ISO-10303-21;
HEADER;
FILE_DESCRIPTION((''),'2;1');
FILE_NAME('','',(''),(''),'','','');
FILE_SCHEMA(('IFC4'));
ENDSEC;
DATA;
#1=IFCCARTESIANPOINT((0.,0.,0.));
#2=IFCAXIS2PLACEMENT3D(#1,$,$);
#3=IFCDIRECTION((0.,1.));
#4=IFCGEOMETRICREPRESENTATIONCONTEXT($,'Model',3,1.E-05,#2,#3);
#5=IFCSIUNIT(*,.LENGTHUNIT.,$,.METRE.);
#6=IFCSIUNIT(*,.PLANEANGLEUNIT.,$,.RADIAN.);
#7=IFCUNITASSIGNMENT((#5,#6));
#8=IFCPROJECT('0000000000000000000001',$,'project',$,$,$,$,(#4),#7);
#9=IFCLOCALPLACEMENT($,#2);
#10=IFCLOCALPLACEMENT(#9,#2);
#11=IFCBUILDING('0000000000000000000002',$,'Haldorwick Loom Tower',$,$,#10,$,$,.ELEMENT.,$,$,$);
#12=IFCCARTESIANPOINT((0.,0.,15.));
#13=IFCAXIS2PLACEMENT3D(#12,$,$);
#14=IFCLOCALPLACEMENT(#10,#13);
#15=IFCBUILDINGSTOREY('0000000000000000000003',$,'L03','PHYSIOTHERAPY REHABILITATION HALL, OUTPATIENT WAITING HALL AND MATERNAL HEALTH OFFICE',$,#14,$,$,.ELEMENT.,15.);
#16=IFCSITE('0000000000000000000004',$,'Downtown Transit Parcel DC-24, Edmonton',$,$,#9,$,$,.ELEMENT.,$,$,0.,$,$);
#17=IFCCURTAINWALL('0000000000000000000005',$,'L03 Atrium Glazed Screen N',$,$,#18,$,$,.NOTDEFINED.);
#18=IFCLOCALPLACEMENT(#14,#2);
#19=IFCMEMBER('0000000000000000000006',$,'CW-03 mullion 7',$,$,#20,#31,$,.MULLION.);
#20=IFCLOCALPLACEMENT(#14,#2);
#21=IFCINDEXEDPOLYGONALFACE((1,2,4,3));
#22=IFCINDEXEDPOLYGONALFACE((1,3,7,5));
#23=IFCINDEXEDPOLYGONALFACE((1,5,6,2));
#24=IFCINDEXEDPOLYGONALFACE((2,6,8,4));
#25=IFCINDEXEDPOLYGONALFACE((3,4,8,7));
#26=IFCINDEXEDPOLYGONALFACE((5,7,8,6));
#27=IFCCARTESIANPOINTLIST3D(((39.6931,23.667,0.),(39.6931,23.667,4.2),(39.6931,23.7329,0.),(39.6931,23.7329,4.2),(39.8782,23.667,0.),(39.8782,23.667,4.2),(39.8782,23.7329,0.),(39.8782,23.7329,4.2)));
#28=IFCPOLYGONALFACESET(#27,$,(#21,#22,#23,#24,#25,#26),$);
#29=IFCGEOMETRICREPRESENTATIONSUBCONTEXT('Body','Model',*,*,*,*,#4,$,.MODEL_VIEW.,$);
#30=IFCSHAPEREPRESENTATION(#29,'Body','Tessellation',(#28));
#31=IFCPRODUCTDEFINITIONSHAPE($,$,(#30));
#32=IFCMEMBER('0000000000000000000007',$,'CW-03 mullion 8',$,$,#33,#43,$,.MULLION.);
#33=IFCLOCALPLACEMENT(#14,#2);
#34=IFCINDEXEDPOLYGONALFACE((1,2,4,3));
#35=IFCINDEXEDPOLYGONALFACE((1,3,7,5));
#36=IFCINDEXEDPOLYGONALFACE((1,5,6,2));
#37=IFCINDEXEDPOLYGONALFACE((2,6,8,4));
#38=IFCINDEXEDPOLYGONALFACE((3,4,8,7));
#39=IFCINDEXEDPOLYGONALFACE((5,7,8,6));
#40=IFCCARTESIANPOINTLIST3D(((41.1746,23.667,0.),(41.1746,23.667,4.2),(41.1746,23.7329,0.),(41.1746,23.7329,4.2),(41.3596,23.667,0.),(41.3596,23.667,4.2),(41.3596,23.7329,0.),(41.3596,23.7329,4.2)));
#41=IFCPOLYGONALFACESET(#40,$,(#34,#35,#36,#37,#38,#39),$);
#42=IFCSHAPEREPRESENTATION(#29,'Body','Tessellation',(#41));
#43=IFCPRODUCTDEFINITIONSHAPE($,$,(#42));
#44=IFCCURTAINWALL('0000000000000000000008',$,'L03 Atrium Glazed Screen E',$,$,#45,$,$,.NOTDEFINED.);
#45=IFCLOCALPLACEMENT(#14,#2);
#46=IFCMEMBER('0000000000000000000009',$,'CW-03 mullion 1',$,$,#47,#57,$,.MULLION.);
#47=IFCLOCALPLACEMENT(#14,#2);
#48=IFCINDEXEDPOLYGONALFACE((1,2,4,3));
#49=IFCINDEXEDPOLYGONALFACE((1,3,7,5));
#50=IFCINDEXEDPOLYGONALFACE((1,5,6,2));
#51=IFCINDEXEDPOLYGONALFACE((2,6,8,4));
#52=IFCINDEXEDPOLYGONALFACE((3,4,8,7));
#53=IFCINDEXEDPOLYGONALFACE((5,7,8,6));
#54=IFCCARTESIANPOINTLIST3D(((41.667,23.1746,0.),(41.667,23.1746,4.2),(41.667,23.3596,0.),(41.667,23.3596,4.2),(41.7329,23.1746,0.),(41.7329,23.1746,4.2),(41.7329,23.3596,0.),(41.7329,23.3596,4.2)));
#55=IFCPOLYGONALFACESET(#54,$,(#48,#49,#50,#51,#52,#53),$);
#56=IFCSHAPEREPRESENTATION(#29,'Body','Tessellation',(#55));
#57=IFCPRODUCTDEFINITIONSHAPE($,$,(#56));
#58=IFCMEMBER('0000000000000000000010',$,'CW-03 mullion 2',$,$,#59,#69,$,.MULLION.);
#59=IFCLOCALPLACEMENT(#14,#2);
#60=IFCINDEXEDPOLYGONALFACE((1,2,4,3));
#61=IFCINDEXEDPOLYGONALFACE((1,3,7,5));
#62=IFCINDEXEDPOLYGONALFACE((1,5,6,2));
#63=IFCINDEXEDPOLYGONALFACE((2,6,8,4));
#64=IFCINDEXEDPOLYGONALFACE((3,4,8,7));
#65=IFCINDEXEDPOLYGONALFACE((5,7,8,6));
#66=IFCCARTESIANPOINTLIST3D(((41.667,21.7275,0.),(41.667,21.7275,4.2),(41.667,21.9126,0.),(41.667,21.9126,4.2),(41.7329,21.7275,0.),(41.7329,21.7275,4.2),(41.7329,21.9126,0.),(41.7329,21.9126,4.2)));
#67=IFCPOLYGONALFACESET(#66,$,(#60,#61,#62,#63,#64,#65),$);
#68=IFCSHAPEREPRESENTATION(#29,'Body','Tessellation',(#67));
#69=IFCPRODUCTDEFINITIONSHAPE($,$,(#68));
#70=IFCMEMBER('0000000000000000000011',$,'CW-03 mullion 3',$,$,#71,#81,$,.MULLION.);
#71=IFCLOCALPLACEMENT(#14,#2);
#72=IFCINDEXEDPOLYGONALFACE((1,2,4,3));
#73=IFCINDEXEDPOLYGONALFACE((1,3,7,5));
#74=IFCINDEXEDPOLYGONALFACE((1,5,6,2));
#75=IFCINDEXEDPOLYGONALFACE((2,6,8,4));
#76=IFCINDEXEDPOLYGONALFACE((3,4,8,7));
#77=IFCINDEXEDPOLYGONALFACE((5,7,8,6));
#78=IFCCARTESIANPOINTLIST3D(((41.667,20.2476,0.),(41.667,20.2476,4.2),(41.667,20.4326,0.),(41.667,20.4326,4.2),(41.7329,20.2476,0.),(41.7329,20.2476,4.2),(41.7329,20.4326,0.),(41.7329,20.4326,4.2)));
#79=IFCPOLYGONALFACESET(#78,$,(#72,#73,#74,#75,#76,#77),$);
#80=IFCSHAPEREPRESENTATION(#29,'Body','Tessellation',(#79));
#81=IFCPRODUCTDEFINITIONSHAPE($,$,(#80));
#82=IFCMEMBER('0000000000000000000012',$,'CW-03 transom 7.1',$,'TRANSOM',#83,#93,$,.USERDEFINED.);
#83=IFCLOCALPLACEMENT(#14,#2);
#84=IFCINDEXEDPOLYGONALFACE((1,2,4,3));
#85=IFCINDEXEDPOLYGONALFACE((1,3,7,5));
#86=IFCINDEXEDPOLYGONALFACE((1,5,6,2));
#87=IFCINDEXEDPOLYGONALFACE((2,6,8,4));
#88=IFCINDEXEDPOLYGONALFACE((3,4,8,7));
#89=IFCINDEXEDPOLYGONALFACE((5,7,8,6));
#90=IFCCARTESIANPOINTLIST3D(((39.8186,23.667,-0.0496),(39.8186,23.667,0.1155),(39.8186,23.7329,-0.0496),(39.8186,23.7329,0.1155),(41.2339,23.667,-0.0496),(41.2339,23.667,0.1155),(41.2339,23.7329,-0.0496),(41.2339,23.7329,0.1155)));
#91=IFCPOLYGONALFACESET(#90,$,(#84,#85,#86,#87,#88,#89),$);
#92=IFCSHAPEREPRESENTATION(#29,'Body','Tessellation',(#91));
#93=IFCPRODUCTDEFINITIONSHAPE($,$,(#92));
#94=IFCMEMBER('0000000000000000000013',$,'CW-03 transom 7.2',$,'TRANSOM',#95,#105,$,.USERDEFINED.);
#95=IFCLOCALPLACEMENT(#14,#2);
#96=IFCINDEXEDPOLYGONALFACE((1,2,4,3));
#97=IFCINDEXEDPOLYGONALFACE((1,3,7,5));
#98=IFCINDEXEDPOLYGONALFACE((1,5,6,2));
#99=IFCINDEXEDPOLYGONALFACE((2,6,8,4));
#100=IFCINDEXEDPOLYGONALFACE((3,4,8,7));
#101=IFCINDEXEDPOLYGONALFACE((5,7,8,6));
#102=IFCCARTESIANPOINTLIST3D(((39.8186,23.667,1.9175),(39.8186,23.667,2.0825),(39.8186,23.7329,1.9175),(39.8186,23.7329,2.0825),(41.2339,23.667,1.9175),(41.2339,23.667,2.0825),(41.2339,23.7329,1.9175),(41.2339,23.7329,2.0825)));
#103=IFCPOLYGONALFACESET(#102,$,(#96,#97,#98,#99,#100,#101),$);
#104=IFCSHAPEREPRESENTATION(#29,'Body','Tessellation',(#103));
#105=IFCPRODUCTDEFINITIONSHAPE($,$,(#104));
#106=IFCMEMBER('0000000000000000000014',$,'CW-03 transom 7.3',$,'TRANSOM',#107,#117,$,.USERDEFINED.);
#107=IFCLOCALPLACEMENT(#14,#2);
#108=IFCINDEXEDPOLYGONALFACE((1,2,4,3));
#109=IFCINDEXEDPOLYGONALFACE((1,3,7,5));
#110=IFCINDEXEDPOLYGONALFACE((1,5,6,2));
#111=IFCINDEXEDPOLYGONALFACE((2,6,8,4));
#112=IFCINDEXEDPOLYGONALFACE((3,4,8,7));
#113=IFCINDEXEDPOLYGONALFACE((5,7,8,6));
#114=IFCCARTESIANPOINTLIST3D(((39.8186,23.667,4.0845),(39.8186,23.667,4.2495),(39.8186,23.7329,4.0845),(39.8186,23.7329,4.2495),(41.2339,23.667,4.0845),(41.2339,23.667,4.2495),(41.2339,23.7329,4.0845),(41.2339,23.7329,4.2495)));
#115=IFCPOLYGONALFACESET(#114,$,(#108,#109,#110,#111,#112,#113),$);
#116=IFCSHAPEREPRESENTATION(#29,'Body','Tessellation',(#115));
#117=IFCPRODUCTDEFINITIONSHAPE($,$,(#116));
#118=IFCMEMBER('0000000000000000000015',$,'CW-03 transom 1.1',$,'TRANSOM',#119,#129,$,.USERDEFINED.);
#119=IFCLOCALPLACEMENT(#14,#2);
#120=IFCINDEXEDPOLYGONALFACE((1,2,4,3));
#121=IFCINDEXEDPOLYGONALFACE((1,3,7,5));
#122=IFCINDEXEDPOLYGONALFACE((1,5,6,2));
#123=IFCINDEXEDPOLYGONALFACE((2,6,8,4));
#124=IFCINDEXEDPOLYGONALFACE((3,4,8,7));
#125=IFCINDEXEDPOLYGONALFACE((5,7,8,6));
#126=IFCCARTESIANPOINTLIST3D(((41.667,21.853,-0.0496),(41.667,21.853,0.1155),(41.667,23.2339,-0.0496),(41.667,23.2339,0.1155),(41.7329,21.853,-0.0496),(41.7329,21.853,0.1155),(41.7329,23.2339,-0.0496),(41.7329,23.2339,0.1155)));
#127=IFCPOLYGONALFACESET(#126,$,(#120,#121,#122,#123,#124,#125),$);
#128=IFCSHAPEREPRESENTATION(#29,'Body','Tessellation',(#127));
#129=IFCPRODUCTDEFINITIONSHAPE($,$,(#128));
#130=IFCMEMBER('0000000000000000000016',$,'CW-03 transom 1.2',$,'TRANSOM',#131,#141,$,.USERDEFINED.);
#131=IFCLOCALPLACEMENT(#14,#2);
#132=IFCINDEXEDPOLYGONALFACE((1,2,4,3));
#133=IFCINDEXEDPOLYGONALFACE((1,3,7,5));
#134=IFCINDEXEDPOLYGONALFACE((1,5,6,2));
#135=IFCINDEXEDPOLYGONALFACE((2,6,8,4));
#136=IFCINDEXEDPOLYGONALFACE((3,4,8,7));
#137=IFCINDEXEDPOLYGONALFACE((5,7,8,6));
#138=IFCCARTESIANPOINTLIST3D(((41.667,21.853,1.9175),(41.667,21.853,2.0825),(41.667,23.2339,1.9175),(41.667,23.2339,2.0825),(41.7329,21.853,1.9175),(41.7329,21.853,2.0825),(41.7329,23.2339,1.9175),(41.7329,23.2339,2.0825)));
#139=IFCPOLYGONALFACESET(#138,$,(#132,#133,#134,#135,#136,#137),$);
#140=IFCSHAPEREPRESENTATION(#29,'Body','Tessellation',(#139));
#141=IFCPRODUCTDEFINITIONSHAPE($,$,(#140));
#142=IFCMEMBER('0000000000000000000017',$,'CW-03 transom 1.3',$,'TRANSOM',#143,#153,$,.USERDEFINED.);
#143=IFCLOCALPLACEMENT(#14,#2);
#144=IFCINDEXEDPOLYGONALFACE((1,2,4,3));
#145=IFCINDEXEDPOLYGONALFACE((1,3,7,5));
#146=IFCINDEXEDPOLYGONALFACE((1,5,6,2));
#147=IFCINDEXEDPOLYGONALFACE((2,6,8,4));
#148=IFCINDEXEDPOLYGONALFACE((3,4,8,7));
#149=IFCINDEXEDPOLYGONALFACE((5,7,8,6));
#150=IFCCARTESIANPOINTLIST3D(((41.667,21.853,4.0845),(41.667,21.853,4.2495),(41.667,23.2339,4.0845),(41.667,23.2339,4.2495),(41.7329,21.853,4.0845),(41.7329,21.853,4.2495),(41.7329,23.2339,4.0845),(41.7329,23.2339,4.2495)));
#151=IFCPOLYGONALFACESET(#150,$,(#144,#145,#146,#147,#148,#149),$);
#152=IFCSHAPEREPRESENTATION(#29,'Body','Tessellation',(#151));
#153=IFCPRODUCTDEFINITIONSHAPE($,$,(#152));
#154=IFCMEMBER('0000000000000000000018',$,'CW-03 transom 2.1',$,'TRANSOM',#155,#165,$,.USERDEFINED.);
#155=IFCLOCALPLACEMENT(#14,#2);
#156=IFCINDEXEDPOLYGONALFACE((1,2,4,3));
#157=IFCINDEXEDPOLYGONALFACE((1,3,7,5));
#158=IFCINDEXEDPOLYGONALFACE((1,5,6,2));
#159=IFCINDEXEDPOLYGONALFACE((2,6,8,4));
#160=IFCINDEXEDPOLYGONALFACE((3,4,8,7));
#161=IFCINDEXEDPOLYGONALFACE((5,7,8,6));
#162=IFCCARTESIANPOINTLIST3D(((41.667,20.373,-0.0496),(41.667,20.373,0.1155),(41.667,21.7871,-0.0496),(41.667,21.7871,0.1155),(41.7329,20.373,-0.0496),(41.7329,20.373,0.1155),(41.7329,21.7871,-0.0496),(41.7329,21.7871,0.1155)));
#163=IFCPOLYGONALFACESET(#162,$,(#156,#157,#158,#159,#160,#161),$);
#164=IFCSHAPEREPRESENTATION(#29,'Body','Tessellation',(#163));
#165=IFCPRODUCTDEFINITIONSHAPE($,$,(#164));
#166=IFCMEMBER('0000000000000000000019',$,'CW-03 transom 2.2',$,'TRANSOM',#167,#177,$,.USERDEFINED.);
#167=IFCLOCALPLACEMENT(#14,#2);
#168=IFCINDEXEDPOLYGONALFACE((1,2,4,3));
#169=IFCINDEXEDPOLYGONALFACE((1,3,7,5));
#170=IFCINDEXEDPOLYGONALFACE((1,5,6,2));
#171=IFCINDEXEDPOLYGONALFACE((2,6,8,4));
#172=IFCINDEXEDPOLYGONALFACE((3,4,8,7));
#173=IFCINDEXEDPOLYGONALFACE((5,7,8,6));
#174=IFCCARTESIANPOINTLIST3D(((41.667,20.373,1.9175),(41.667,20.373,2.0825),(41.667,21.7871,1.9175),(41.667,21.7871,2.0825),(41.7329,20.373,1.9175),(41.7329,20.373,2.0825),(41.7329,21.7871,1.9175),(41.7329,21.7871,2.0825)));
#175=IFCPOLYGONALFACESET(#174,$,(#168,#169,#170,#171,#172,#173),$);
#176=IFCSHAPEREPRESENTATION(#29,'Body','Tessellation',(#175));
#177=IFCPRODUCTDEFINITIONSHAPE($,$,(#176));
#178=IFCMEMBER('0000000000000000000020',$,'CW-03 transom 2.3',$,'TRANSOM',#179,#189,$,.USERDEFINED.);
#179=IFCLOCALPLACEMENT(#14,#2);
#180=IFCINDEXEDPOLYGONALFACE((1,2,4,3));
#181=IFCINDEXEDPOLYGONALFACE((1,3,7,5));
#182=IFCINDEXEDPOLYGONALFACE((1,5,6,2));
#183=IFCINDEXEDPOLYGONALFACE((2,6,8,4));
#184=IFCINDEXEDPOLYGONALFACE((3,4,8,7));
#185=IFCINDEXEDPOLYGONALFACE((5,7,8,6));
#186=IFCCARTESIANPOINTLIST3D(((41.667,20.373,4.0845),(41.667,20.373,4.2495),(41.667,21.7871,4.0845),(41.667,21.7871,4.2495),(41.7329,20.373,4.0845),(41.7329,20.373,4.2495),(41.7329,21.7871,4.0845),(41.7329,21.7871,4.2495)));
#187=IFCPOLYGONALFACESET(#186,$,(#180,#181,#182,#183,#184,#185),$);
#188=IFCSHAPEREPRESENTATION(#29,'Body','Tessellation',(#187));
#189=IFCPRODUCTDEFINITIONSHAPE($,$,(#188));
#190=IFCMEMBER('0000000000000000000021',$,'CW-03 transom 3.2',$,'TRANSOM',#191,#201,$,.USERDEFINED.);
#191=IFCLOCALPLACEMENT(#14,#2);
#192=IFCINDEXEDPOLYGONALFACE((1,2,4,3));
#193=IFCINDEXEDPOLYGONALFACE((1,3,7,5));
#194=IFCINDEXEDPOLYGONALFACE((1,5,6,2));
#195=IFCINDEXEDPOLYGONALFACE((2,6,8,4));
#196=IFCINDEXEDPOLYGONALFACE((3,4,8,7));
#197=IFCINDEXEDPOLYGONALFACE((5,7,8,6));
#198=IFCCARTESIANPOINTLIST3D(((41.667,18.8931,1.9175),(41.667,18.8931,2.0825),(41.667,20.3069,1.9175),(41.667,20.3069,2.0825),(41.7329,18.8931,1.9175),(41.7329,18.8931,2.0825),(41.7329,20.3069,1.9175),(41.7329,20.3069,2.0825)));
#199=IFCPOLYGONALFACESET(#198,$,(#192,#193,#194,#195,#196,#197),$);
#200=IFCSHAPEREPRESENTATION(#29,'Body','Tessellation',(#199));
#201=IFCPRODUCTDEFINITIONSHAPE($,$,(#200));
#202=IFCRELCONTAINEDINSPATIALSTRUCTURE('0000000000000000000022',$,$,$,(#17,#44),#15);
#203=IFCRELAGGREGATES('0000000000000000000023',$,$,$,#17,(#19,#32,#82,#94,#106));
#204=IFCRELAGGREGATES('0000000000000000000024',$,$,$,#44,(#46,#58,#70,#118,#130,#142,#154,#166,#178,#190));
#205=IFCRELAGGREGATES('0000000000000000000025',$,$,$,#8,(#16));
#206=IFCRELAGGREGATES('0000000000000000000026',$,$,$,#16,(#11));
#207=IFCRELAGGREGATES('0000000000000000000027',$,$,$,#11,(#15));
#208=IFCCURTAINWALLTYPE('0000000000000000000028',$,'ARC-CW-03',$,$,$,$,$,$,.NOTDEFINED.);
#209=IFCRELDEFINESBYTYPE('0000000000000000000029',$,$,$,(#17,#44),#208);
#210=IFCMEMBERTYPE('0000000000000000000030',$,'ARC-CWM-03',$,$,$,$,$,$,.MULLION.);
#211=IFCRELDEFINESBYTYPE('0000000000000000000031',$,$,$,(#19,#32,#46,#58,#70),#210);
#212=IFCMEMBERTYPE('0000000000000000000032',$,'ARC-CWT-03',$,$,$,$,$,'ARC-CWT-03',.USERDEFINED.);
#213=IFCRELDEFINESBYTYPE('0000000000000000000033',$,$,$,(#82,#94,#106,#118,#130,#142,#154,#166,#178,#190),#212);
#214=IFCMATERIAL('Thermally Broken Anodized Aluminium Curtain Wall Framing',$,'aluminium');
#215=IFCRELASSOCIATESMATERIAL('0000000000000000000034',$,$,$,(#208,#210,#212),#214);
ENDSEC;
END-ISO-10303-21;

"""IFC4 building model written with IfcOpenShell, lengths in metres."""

from ifc_helpers import new_model, si_unit, direction, frame, origin, origin_2d, place, context, subcontext, project, spatial, rectangle, extrude, material, material_profile, profile_set, type_object, element, aggregate, save


model = new_model("IFC4")

# Units and contexts
model_context = context("Model", 3, precision=1e-05, world=origin(), true_north=direction((0.0, 1.0)))
body_context = subcontext(model_context, "Body", "Model", "MODEL_VIEW")
ifc_project = project(units=[si_unit("LENGTHUNIT", "METRE"), si_unit("PLANEANGLEUNIT", "RADIAN")], contexts=[model_context])

# Site, building, storey
site_placement = place(None, origin())
site = spatial("IfcSite", under=ifc_project, at=site_placement, Name="Downtown Transit Parcel DC-24, Edmonton", CompositionType="ELEMENT", RefElevation=0.0)
building_placement = place(site_placement, origin())
building = spatial("IfcBuilding", under=site, at=building_placement, Name="Haldorwick Loom Tower", CompositionType="ELEMENT")
storey_placement = place(building_placement, frame((0.0, 0.0, 15.0)))
storey = spatial("IfcBuildingStorey", under=building, at=storey_placement, Name="L03", Description="PHYSIOTHERAPY REHABILITATION HALL, OUTPATIENT WAITING HALL AND MATERNAL HEALTH OFFICE", CompositionType="ELEMENT", Elevation=15.0)

# Curtain walls, members
ifc_material_1 = material(Name="Thermally Broken Anodized Aluminium Curtain Wall Framing", Category="aluminium")
curtain_wall_type = type_object("IfcCurtainWallType", Name="ARC-CW-03", PredefinedType="NOTDEFINED", material=ifc_material_1)
curtain_wall_1_placement = place(storey_placement, origin())
curtain_wall_1 = element("IfcCurtainWall", 1, at=curtain_wall_1_placement, inside=storey, type_object=curtain_wall_type, Name="L03 Atrium Glazed Screen N", PredefinedType="NOTDEFINED")
ifc_material_profile_1 = material_profile(ifc_material_1, rectangle(XDim=0.0659, YDim=0.1851, at=origin_2d()), Name="ALU_MUL_66X185", Category="aluminium")
ifc_profile_set_1 = profile_set([ifc_material_profile_1], Name="Thermally Broken Anodized Aluminium Curtain Wall Framing")
member_type_1 = type_object("IfcMemberType", Name="ARC-CWM-03", PredefinedType="MULLION", material=ifc_profile_set_1)
member_1_placement = place(storey_placement, frame((39.7856, 23.7, 0.0), z_axis=(0.0, 0.0, 1.0), x_axis=(0.0, 1.0, 0.0)))
member_1 = element("IfcMember", 2, at=member_1_placement, type_object=member_type_1, Name="CW-03 mullion 7", PredefinedType="MULLION", context=body_context, shape_type="SweptSolid", body=[
    extrude(rectangle(XDim=0.0659, YDim=0.1851, at=origin_2d()), origin(), (0.0, 0.0, 1.0), 4.2),
])
member_2_placement = place(storey_placement, frame((41.2671, 23.7, 0.0), z_axis=(0.0, 0.0, 1.0), x_axis=(0.0, 1.0, 0.0)))
member_2 = element("IfcMember", 3, at=member_2_placement, type_object=member_type_1, Name="CW-03 mullion 8", PredefinedType="MULLION", context=body_context, shape_type="SweptSolid", body=[
    extrude(rectangle(XDim=0.0659, YDim=0.1851, at=origin_2d()), origin(), (0.0, 0.0, 1.0), 4.2),
])
curtain_wall_2_placement = place(storey_placement, origin())
curtain_wall_2 = element("IfcCurtainWall", 4, at=curtain_wall_2_placement, inside=storey, type_object=curtain_wall_type, Name="L03 Atrium Glazed Screen E", PredefinedType="NOTDEFINED")
member_3_placement = place(storey_placement, frame((41.7, 23.2671, 0.0), z_axis=(0.0, 0.0, 1.0), x_axis=(1.0, 0.0, 0.0)))
member_3 = element("IfcMember", 5, at=member_3_placement, type_object=member_type_1, Name="CW-03 mullion 1", PredefinedType="MULLION", context=body_context, shape_type="SweptSolid", body=[
    extrude(rectangle(XDim=0.0659, YDim=0.1851, at=origin_2d()), origin(), (0.0, 0.0, 1.0), 4.2),
])
member_4_placement = place(storey_placement, frame((41.7, 21.8201, 0.0), z_axis=(0.0, 0.0, 1.0), x_axis=(1.0, 0.0, 0.0)))
member_4 = element("IfcMember", 6, at=member_4_placement, type_object=member_type_1, Name="CW-03 mullion 2", PredefinedType="MULLION", context=body_context, shape_type="SweptSolid", body=[
    extrude(rectangle(XDim=0.0659, YDim=0.1851, at=origin_2d()), origin(), (0.0, 0.0, 1.0), 4.2),
])
member_5_placement = place(storey_placement, frame((41.7, 20.3401, 0.0), z_axis=(0.0, 0.0, 1.0), x_axis=(1.0, 0.0, 0.0)))
member_5 = element("IfcMember", 7, at=member_5_placement, type_object=member_type_1, Name="CW-03 mullion 3", PredefinedType="MULLION", context=body_context, shape_type="SweptSolid", body=[
    extrude(rectangle(XDim=0.0659, YDim=0.1851, at=origin_2d()), origin(), (0.0, 0.0, 1.0), 4.2),
])

# Members
ifc_material_profile_2 = material_profile(ifc_material_1, rectangle(XDim=0.0659, YDim=0.165, at=origin_2d()), Name="ALU_TRN_66X165", Category="aluminium")
ifc_profile_set_2 = profile_set([ifc_material_profile_2], Name="Thermally Broken Anodized Aluminium Curtain Wall Framing")
member_type_2 = type_object("IfcMemberType", Name="ARC-CWT-03", ElementType="ARC-CWT-03", PredefinedType="USERDEFINED", material=ifc_profile_set_2)
member_6_placement = place(storey_placement, frame((39.8186, 23.7, 0.033), z_axis=(1.0, 0.0, 0.0), x_axis=(0.0, 1.0, 0.0)))
member_6 = element("IfcMember", 8, at=member_6_placement, type_object=member_type_2, Name="CW-03 transom 7.1", ObjectType="TRANSOM", PredefinedType="USERDEFINED", context=body_context, shape_type="SweptSolid", body=[
    extrude(rectangle(XDim=0.0659, YDim=0.165, at=origin_2d()), origin(), (0.0, 0.0, 1.0), 1.4153),
])
member_7_placement = place(storey_placement, frame((39.8186, 23.7, 2.0), z_axis=(1.0, 0.0, 0.0), x_axis=(0.0, 1.0, 0.0)))
member_7 = element("IfcMember", 9, at=member_7_placement, type_object=member_type_2, Name="CW-03 transom 7.2", ObjectType="TRANSOM", PredefinedType="USERDEFINED", context=body_context, shape_type="SweptSolid", body=[
    extrude(rectangle(XDim=0.0659, YDim=0.165, at=origin_2d()), origin(), (0.0, 0.0, 1.0), 1.4153),
])
member_8_placement = place(storey_placement, frame((39.8186, 23.7, 4.167), z_axis=(1.0, 0.0, 0.0), x_axis=(0.0, 1.0, 0.0)))
member_8 = element("IfcMember", 10, at=member_8_placement, type_object=member_type_2, Name="CW-03 transom 7.3", ObjectType="TRANSOM", PredefinedType="USERDEFINED", context=body_context, shape_type="SweptSolid", body=[
    extrude(rectangle(XDim=0.0659, YDim=0.165, at=origin_2d()), origin(), (0.0, 0.0, 1.0), 1.4153),
])
member_9_placement = place(storey_placement, frame((41.7, 23.2339, 0.033), z_axis=(0.0, -1.0, 0.0), x_axis=(1.0, 0.0, 0.0)))
member_9 = element("IfcMember", 11, at=member_9_placement, type_object=member_type_2, Name="CW-03 transom 1.1", ObjectType="TRANSOM", PredefinedType="USERDEFINED", context=body_context, shape_type="SweptSolid", body=[
    extrude(rectangle(XDim=0.0659, YDim=0.165, at=origin_2d()), origin(), (0.0, 0.0, 1.0), 1.3809),
])
member_10_placement = place(storey_placement, frame((41.7, 23.2339, 2.0), z_axis=(0.0, -1.0, 0.0), x_axis=(1.0, 0.0, 0.0)))
member_10 = element("IfcMember", 12, at=member_10_placement, type_object=member_type_2, Name="CW-03 transom 1.2", ObjectType="TRANSOM", PredefinedType="USERDEFINED", context=body_context, shape_type="SweptSolid", body=[
    extrude(rectangle(XDim=0.0659, YDim=0.165, at=origin_2d()), origin(), (0.0, 0.0, 1.0), 1.3809),
])
member_11_placement = place(storey_placement, frame((41.7, 23.2339, 4.167), z_axis=(0.0, -1.0, 0.0), x_axis=(1.0, 0.0, 0.0)))
member_11 = element("IfcMember", 13, at=member_11_placement, type_object=member_type_2, Name="CW-03 transom 1.3", ObjectType="TRANSOM", PredefinedType="USERDEFINED", context=body_context, shape_type="SweptSolid", body=[
    extrude(rectangle(XDim=0.0659, YDim=0.165, at=origin_2d()), origin(), (0.0, 0.0, 1.0), 1.3809),
])
member_12_placement = place(storey_placement, frame((41.7, 21.7871, 0.033), z_axis=(0.0, -1.0, 0.0), x_axis=(1.0, 0.0, 0.0)))
member_12 = element("IfcMember", 14, at=member_12_placement, type_object=member_type_2, Name="CW-03 transom 2.1", ObjectType="TRANSOM", PredefinedType="USERDEFINED", context=body_context, shape_type="SweptSolid", body=[
    extrude(rectangle(XDim=0.0659, YDim=0.165, at=origin_2d()), origin(), (0.0, 0.0, 1.0), 1.4141),
])
member_13_placement = place(storey_placement, frame((41.7, 21.7871, 2.0), z_axis=(0.0, -1.0, 0.0), x_axis=(1.0, 0.0, 0.0)))
member_13 = element("IfcMember", 15, at=member_13_placement, type_object=member_type_2, Name="CW-03 transom 2.2", ObjectType="TRANSOM", PredefinedType="USERDEFINED", context=body_context, shape_type="SweptSolid", body=[
    extrude(rectangle(XDim=0.0659, YDim=0.165, at=origin_2d()), origin(), (0.0, 0.0, 1.0), 1.4141),
])
member_14_placement = place(storey_placement, frame((41.7, 21.7871, 4.167), z_axis=(0.0, -1.0, 0.0), x_axis=(1.0, 0.0, 0.0)))
member_14 = element("IfcMember", 16, at=member_14_placement, type_object=member_type_2, Name="CW-03 transom 2.3", ObjectType="TRANSOM", PredefinedType="USERDEFINED", context=body_context, shape_type="SweptSolid", body=[
    extrude(rectangle(XDim=0.0659, YDim=0.165, at=origin_2d()), origin(), (0.0, 0.0, 1.0), 1.4141),
])
member_15_placement = place(storey_placement, frame((41.7, 20.3069, 2.0), z_axis=(0.0, -1.0, 0.0), x_axis=(1.0, 0.0, 0.0)))
member_15 = element("IfcMember", 17, at=member_15_placement, type_object=member_type_2, Name="CW-03 transom 3.2", ObjectType="TRANSOM", PredefinedType="USERDEFINED", context=body_context, shape_type="SweptSolid", body=[
    extrude(rectangle(XDim=0.0659, YDim=0.165, at=origin_2d()), origin(), (0.0, 0.0, 1.0), 1.4138),
])

aggregate(curtain_wall_1, [member_1, member_2, member_6, member_7, member_8])
aggregate(curtain_wall_2, [member_3, member_4, member_5, member_9, member_10, member_11, member_12, member_13, member_14, member_15])

save(model, "model.ifc")
